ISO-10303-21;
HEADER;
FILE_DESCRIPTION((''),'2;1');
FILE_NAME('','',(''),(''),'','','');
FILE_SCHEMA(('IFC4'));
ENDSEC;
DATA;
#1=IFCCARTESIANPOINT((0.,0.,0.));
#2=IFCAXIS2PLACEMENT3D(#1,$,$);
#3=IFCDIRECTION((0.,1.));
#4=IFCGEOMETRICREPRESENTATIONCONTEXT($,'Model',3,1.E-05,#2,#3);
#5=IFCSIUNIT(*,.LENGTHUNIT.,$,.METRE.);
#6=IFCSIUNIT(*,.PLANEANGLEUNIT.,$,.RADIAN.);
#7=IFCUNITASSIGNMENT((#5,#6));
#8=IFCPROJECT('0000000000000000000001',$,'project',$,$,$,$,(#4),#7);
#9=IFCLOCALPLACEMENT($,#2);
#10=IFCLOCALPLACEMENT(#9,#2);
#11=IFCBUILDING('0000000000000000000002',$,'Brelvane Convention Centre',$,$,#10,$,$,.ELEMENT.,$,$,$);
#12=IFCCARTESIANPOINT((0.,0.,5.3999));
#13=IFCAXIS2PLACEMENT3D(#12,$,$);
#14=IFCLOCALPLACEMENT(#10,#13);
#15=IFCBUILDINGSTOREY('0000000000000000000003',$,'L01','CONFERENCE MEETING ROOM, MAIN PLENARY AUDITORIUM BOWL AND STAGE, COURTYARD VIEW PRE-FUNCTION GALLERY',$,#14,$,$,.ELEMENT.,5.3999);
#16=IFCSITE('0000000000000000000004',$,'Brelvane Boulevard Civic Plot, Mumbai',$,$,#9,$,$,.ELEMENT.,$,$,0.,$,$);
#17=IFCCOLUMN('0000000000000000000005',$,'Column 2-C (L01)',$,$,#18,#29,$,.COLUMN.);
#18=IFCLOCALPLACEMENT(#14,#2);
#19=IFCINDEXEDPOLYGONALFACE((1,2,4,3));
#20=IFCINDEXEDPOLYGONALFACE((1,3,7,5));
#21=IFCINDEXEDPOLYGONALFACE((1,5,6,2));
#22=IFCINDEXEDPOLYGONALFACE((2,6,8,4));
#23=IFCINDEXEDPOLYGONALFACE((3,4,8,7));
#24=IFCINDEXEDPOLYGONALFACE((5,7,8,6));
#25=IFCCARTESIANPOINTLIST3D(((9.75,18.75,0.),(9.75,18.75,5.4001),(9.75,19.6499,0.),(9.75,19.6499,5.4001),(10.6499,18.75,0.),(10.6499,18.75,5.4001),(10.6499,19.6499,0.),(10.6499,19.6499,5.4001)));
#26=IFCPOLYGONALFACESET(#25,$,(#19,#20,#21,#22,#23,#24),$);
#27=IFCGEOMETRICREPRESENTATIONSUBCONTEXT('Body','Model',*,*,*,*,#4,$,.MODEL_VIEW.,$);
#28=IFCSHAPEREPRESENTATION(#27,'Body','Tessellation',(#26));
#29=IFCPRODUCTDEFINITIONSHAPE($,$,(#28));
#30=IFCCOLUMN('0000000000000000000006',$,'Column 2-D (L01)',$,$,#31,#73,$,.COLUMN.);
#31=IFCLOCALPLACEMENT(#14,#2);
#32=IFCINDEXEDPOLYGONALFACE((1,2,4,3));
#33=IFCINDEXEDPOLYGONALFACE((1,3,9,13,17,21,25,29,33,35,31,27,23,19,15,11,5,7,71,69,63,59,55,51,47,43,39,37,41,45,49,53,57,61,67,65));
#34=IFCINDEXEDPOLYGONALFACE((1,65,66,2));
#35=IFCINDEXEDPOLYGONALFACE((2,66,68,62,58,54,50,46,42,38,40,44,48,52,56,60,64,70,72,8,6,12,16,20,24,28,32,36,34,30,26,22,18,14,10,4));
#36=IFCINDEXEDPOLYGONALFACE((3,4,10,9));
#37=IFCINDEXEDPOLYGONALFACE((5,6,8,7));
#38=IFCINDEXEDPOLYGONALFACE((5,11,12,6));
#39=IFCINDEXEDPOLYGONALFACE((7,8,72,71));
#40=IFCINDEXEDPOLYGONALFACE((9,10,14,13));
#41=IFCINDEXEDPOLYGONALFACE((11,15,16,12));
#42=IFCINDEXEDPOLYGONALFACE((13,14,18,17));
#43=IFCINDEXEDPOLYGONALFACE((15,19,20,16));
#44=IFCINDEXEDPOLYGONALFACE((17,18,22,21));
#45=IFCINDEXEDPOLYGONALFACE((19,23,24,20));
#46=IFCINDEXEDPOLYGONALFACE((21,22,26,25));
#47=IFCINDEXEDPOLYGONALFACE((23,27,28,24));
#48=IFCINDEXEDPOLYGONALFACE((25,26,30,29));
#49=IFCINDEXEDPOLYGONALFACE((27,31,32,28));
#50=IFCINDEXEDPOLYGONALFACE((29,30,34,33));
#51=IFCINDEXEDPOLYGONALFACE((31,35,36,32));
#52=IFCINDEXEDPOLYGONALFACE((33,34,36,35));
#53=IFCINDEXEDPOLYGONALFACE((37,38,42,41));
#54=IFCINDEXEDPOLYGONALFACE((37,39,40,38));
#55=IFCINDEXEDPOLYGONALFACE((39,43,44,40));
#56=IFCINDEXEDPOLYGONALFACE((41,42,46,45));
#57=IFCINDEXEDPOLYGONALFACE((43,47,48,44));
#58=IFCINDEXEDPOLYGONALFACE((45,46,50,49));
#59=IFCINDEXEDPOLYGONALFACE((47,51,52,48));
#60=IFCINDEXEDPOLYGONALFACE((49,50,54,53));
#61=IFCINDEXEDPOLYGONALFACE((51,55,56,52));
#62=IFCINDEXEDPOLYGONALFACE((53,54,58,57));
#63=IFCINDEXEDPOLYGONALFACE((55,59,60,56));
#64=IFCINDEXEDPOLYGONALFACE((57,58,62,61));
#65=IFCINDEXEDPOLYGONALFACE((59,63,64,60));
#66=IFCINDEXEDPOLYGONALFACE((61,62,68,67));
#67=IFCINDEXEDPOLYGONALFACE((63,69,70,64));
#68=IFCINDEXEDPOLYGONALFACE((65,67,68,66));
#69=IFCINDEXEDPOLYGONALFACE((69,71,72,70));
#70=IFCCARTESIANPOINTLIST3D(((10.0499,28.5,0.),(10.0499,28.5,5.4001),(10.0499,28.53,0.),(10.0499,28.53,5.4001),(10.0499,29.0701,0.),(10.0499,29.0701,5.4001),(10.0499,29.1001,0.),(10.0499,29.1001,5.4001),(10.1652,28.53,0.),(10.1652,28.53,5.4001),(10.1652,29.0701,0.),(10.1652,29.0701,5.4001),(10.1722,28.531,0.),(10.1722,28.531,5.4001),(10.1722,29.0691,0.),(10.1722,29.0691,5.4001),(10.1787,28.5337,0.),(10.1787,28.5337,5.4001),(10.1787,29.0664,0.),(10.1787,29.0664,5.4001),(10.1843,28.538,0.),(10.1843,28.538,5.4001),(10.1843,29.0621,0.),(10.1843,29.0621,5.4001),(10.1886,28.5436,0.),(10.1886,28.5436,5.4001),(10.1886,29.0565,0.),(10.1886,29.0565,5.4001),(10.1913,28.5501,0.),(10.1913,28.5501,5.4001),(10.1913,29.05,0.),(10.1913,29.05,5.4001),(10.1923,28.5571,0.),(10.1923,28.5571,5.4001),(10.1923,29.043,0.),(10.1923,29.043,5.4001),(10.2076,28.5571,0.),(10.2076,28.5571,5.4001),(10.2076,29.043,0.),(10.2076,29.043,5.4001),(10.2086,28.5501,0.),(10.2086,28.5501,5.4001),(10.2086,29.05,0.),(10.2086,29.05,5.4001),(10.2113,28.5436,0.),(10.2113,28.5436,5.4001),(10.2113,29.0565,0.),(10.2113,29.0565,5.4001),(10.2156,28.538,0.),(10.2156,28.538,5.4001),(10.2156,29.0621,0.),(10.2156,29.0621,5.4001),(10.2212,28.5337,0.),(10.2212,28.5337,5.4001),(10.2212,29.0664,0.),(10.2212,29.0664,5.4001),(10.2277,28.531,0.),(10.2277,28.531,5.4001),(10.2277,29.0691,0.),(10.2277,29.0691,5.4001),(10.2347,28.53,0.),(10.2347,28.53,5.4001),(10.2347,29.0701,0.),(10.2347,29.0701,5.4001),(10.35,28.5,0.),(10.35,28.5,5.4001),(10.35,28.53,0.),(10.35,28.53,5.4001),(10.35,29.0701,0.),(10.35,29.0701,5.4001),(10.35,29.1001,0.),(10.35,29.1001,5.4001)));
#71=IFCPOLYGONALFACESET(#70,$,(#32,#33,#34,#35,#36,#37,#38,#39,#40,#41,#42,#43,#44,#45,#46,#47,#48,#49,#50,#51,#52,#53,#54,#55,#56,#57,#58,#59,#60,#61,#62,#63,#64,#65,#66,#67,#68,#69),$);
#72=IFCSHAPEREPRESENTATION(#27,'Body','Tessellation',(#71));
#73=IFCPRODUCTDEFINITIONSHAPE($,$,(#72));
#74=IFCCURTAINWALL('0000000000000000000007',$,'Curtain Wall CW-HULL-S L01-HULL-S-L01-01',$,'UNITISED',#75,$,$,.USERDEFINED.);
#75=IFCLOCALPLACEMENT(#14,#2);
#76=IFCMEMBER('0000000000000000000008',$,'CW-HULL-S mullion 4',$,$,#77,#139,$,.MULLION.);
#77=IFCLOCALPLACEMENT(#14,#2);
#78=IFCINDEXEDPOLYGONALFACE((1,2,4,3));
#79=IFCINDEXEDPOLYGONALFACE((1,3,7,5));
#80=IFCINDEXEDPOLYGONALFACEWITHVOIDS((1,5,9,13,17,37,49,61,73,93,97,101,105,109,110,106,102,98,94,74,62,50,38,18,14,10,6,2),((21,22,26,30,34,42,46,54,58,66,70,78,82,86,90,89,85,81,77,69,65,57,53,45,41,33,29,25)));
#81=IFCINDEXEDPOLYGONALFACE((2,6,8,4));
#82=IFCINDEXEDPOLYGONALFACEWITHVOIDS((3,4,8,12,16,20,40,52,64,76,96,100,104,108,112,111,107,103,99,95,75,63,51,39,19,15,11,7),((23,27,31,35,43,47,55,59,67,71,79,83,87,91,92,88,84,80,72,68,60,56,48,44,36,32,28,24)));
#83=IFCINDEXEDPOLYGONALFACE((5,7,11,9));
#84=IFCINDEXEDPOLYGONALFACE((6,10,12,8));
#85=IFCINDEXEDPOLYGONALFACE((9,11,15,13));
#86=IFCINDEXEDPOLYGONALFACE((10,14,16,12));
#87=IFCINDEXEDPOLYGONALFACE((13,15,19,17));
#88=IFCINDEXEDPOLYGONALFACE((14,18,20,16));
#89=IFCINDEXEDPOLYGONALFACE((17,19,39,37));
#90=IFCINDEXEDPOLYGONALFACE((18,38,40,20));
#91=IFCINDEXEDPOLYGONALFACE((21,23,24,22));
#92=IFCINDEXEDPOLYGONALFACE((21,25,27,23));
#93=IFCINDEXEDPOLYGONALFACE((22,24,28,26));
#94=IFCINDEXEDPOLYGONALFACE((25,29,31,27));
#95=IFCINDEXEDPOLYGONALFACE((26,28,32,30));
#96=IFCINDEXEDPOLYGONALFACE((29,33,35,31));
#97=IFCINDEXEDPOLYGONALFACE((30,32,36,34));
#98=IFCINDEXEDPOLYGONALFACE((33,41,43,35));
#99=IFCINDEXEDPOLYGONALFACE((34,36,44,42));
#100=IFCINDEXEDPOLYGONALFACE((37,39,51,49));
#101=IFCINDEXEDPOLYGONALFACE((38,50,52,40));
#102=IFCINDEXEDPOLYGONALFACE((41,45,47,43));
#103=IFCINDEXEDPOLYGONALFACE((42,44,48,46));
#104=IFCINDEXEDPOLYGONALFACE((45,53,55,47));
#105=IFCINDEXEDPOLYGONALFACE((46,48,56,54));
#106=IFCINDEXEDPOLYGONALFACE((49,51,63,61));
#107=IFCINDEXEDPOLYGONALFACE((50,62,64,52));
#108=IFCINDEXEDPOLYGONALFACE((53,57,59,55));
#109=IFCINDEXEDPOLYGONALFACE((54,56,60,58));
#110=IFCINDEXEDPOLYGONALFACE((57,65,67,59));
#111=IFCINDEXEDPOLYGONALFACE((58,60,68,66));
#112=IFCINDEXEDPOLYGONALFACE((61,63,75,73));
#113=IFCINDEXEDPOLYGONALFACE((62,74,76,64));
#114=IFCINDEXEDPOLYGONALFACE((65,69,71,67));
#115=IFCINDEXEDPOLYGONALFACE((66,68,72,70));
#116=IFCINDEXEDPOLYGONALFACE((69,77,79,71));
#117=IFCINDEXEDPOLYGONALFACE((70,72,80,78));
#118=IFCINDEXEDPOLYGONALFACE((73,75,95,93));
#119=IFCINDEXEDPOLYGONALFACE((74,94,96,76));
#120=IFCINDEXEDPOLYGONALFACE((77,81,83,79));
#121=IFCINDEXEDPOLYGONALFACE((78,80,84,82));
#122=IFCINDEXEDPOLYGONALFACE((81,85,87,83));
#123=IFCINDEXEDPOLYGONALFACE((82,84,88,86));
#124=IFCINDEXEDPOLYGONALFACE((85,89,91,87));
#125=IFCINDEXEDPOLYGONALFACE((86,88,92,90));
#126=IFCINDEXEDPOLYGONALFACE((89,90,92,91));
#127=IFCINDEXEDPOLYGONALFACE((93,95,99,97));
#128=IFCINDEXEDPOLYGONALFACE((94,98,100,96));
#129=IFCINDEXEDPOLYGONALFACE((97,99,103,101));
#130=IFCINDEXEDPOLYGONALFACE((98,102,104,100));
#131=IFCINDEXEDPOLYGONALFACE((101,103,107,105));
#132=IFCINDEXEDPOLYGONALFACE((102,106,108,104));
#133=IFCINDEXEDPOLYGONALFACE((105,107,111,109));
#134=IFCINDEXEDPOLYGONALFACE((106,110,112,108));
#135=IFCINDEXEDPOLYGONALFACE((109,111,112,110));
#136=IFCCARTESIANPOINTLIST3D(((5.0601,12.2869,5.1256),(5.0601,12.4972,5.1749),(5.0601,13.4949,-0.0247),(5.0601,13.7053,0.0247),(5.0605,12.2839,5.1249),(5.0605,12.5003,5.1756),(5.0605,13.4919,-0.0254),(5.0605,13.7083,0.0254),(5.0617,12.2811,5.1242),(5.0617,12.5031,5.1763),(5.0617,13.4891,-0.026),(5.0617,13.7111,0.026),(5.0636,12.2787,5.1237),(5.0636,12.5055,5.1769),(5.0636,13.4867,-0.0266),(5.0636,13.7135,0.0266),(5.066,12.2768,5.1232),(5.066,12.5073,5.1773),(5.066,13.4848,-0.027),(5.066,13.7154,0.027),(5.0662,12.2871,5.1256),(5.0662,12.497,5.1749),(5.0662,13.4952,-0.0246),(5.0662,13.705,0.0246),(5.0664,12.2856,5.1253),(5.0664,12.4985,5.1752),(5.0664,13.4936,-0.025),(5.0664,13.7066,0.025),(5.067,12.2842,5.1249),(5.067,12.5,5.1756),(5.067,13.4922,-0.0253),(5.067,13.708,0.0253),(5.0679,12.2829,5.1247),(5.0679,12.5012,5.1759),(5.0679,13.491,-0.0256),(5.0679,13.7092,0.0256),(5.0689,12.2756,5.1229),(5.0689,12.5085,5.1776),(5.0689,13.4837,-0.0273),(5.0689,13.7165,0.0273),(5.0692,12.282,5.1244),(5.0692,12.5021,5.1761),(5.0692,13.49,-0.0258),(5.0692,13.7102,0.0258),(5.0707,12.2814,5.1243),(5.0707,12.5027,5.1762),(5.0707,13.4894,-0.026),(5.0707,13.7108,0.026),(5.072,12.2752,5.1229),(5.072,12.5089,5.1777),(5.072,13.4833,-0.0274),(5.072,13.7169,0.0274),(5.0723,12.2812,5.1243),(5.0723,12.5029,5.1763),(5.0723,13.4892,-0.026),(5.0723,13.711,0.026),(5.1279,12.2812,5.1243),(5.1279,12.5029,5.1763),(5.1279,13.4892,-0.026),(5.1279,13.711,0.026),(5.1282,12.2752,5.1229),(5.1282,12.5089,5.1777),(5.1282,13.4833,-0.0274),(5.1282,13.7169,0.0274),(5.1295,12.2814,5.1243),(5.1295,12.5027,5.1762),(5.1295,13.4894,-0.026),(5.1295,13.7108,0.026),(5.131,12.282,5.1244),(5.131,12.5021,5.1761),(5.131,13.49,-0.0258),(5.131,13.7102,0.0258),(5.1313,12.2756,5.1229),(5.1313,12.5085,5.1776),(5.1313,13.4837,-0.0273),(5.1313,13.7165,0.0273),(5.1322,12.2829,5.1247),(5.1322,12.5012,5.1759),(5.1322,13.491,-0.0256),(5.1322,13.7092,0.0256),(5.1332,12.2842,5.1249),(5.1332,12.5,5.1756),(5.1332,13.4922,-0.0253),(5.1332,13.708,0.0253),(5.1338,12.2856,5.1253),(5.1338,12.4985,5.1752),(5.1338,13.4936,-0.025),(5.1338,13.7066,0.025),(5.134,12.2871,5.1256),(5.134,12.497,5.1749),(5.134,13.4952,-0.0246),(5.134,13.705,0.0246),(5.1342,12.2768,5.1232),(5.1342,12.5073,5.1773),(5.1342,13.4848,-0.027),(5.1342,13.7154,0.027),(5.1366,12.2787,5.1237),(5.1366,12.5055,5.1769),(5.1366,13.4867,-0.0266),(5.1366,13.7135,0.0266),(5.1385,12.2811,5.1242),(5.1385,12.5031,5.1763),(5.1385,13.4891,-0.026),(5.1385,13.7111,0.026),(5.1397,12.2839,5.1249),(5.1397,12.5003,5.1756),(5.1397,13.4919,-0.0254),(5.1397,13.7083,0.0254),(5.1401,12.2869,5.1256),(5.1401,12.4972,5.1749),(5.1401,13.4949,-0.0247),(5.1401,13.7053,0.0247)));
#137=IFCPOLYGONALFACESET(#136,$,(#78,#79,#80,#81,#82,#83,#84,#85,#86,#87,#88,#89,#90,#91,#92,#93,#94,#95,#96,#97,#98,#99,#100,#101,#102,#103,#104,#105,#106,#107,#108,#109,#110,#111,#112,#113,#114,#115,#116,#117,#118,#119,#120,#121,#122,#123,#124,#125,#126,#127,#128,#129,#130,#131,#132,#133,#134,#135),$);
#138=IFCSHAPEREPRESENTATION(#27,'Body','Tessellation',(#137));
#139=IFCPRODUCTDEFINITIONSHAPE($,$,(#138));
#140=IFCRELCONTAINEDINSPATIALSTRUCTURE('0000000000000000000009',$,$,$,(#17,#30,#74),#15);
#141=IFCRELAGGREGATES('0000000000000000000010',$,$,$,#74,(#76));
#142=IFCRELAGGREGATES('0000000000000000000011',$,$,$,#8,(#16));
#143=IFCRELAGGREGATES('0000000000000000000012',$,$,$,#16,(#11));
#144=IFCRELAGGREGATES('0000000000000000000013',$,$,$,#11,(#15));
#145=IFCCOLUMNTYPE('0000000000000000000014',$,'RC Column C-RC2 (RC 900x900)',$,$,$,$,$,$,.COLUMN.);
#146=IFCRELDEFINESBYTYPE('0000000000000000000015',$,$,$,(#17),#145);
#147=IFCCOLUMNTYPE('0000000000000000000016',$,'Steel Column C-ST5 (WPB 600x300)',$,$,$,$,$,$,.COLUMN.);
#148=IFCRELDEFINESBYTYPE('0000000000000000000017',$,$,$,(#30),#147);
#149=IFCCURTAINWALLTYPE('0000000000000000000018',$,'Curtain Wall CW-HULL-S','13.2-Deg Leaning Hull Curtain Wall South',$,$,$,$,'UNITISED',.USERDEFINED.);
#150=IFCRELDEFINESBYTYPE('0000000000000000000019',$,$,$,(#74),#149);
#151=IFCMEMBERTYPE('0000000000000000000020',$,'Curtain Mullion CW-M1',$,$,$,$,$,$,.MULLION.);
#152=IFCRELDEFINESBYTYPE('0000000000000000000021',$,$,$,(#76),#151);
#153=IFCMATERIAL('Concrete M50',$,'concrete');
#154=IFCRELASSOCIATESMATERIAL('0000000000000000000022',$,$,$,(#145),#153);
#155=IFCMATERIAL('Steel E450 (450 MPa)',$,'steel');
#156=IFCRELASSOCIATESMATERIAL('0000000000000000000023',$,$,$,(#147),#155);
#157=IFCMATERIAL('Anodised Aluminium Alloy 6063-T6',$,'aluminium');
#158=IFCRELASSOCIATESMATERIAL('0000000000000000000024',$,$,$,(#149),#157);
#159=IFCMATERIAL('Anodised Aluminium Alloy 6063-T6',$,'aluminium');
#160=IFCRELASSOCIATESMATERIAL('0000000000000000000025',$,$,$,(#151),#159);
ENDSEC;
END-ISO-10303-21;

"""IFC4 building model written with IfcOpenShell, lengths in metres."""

from ifc_helpers import new_model, si_unit, direction, frame, origin, origin_2d, place, context, subcontext, project, spatial, rectangle, hollow_rectangle, i_section, extrude, material, material_profile, profile_set, type_object, element, aggregate, save


model = new_model("IFC4")

# Units and contexts
model_context = context("Model", 3, precision=1e-05, world=origin(), true_north=direction((0.0, 1.0)))
body_context = subcontext(model_context, "Body", "Model", "MODEL_VIEW")
ifc_project = project(units=[si_unit("LENGTHUNIT", "METRE"), si_unit("PLANEANGLEUNIT", "RADIAN")], contexts=[model_context])

# Site, building, storey
site_placement = place(None, origin())
site = spatial("IfcSite", under=ifc_project, at=site_placement, Name="Brelvane Boulevard Civic Plot, Mumbai", CompositionType="ELEMENT", RefElevation=0.0)
building_placement = place(site_placement, origin())
building = spatial("IfcBuilding", under=site, at=building_placement, Name="Brelvane Convention Centre", CompositionType="ELEMENT")
storey_placement = place(building_placement, frame((0.0, 0.0, 5.3999)))
storey = spatial("IfcBuildingStorey", under=building, at=storey_placement, Name="L01", Description="CONFERENCE MEETING ROOM, MAIN PLENARY AUDITORIUM BOWL AND STAGE, COURTYARD VIEW PRE-FUNCTION GALLERY", CompositionType="ELEMENT", Elevation=5.3999)

# Columns
ifc_material_1 = material(Name="Concrete M50", Category="concrete")
ifc_material_profile_1 = material_profile(ifc_material_1, rectangle(XDim=0.8999, YDim=0.8999, at=origin_2d()), Name="RC 900x900")
ifc_profile_set_1 = profile_set([ifc_material_profile_1], Name="Concrete M50")
column_type_1 = type_object("IfcColumnType", Name="RC Column C-RC2 (RC 900x900)", PredefinedType="COLUMN", material=ifc_profile_set_1)
column_1_placement = place(storey_placement, frame((10.2, 19.2, 0.0), z_axis=(0.0, 0.0, 1.0), x_axis=(1.0, 0.0, 0.0)))
element("IfcColumn", 1, at=column_1_placement, inside=storey, type_object=column_type_1, Name="Column 2-C (L01)", PredefinedType="COLUMN", context=body_context, shape_type="SweptSolid", body=[
    extrude(rectangle(XDim=0.8999, YDim=0.8999, at=origin_2d()), origin(), (0.0, 0.0, 1.0), 5.4001),
])
ifc_material_2 = material(Name="Steel E450 (450 MPa)", Category="steel")
ifc_material_profile_2 = material_profile(ifc_material_2, i_section(OverallWidth=0.3, OverallDepth=0.6001, WebThickness=0.0154, FlangeThickness=0.03, FilletRadius=0.0271, at=origin_2d()), Name="WPB 600x300")
ifc_profile_set_2 = profile_set([ifc_material_profile_2], Name="Steel E450 (450 MPa)")
column_type_2 = type_object("IfcColumnType", Name="Steel Column C-ST5 (WPB 600x300)", PredefinedType="COLUMN", material=ifc_profile_set_2)
column_2_placement = place(storey_placement, frame((10.2, 28.8, 0.0), z_axis=(0.0, 0.0, 1.0), x_axis=(1.0, 0.0, 0.0)))
element("IfcColumn", 2, at=column_2_placement, inside=storey, type_object=column_type_2, Name="Column 2-D (L01)", PredefinedType="COLUMN", context=body_context, shape_type="SweptSolid", body=[
    extrude(i_section(OverallWidth=0.3, OverallDepth=0.6001, WebThickness=0.0154, FlangeThickness=0.03, FilletRadius=0.0271, at=origin_2d()), origin(), (0.0, 0.0, 1.0), 5.4001),
])

# Curtain wall, member
ifc_material_3 = material(Name="Anodised Aluminium Alloy 6063-T6", Category="aluminium")
curtain_wall_type = type_object("IfcCurtainWallType", Name="Curtain Wall CW-HULL-S", Description="13.2-Deg Leaning Hull Curtain Wall South", ElementType="UNITISED", PredefinedType="USERDEFINED", material=ifc_material_3)
curtain_wall_1_placement = place(storey_placement, origin())
curtain_wall_1 = element("IfcCurtainWall", 3, at=curtain_wall_1_placement, inside=storey, type_object=curtain_wall_type, Name="Curtain Wall CW-HULL-S L01-HULL-S-L01-01", ObjectType="UNITISED", PredefinedType="USERDEFINED")
ifc_material_4 = material(Name="Anodised Aluminium Alloy 6063-T6", Category="aluminium")
ifc_material_profile_3 = material_profile(ifc_material_4, hollow_rectangle(XDim=0.0801, YDim=0.24, WallThickness=0.0061, InnerFilletRadius=0.0061, OuterFilletRadius=0.012, at=origin_2d()), Name="ALU-M 240x80x6.0")
ifc_profile_set_3 = profile_set([ifc_material_profile_3], Name="Anodised Aluminium Alloy 6063-T6")
member_type_1 = type_object("IfcMemberType", Name="Curtain Mullion CW-M1", PredefinedType="MULLION", material=ifc_profile_set_3)
member_1_placement = place(storey_placement, frame((5.1001, 13.6001, 0.0), z_axis=(0.0, -0.22836, 0.973577), x_axis=(1.0, 0.0, 0.0)))
member_1 = element("IfcMember", 4, at=member_1_placement, type_object=member_type_1, Name="CW-HULL-S mullion 4", PredefinedType="MULLION", context=body_context, shape_type="SweptSolid", body=[
    extrude(hollow_rectangle(XDim=0.0801, YDim=0.24, WallThickness=0.0061, InnerFilletRadius=0.0061, OuterFilletRadius=0.012, at=origin_2d()), origin(), (0.0, 0.0, 1.0), 5.29),
])

aggregate(curtain_wall_1, [member_1])

save(model, "model.ifc")
